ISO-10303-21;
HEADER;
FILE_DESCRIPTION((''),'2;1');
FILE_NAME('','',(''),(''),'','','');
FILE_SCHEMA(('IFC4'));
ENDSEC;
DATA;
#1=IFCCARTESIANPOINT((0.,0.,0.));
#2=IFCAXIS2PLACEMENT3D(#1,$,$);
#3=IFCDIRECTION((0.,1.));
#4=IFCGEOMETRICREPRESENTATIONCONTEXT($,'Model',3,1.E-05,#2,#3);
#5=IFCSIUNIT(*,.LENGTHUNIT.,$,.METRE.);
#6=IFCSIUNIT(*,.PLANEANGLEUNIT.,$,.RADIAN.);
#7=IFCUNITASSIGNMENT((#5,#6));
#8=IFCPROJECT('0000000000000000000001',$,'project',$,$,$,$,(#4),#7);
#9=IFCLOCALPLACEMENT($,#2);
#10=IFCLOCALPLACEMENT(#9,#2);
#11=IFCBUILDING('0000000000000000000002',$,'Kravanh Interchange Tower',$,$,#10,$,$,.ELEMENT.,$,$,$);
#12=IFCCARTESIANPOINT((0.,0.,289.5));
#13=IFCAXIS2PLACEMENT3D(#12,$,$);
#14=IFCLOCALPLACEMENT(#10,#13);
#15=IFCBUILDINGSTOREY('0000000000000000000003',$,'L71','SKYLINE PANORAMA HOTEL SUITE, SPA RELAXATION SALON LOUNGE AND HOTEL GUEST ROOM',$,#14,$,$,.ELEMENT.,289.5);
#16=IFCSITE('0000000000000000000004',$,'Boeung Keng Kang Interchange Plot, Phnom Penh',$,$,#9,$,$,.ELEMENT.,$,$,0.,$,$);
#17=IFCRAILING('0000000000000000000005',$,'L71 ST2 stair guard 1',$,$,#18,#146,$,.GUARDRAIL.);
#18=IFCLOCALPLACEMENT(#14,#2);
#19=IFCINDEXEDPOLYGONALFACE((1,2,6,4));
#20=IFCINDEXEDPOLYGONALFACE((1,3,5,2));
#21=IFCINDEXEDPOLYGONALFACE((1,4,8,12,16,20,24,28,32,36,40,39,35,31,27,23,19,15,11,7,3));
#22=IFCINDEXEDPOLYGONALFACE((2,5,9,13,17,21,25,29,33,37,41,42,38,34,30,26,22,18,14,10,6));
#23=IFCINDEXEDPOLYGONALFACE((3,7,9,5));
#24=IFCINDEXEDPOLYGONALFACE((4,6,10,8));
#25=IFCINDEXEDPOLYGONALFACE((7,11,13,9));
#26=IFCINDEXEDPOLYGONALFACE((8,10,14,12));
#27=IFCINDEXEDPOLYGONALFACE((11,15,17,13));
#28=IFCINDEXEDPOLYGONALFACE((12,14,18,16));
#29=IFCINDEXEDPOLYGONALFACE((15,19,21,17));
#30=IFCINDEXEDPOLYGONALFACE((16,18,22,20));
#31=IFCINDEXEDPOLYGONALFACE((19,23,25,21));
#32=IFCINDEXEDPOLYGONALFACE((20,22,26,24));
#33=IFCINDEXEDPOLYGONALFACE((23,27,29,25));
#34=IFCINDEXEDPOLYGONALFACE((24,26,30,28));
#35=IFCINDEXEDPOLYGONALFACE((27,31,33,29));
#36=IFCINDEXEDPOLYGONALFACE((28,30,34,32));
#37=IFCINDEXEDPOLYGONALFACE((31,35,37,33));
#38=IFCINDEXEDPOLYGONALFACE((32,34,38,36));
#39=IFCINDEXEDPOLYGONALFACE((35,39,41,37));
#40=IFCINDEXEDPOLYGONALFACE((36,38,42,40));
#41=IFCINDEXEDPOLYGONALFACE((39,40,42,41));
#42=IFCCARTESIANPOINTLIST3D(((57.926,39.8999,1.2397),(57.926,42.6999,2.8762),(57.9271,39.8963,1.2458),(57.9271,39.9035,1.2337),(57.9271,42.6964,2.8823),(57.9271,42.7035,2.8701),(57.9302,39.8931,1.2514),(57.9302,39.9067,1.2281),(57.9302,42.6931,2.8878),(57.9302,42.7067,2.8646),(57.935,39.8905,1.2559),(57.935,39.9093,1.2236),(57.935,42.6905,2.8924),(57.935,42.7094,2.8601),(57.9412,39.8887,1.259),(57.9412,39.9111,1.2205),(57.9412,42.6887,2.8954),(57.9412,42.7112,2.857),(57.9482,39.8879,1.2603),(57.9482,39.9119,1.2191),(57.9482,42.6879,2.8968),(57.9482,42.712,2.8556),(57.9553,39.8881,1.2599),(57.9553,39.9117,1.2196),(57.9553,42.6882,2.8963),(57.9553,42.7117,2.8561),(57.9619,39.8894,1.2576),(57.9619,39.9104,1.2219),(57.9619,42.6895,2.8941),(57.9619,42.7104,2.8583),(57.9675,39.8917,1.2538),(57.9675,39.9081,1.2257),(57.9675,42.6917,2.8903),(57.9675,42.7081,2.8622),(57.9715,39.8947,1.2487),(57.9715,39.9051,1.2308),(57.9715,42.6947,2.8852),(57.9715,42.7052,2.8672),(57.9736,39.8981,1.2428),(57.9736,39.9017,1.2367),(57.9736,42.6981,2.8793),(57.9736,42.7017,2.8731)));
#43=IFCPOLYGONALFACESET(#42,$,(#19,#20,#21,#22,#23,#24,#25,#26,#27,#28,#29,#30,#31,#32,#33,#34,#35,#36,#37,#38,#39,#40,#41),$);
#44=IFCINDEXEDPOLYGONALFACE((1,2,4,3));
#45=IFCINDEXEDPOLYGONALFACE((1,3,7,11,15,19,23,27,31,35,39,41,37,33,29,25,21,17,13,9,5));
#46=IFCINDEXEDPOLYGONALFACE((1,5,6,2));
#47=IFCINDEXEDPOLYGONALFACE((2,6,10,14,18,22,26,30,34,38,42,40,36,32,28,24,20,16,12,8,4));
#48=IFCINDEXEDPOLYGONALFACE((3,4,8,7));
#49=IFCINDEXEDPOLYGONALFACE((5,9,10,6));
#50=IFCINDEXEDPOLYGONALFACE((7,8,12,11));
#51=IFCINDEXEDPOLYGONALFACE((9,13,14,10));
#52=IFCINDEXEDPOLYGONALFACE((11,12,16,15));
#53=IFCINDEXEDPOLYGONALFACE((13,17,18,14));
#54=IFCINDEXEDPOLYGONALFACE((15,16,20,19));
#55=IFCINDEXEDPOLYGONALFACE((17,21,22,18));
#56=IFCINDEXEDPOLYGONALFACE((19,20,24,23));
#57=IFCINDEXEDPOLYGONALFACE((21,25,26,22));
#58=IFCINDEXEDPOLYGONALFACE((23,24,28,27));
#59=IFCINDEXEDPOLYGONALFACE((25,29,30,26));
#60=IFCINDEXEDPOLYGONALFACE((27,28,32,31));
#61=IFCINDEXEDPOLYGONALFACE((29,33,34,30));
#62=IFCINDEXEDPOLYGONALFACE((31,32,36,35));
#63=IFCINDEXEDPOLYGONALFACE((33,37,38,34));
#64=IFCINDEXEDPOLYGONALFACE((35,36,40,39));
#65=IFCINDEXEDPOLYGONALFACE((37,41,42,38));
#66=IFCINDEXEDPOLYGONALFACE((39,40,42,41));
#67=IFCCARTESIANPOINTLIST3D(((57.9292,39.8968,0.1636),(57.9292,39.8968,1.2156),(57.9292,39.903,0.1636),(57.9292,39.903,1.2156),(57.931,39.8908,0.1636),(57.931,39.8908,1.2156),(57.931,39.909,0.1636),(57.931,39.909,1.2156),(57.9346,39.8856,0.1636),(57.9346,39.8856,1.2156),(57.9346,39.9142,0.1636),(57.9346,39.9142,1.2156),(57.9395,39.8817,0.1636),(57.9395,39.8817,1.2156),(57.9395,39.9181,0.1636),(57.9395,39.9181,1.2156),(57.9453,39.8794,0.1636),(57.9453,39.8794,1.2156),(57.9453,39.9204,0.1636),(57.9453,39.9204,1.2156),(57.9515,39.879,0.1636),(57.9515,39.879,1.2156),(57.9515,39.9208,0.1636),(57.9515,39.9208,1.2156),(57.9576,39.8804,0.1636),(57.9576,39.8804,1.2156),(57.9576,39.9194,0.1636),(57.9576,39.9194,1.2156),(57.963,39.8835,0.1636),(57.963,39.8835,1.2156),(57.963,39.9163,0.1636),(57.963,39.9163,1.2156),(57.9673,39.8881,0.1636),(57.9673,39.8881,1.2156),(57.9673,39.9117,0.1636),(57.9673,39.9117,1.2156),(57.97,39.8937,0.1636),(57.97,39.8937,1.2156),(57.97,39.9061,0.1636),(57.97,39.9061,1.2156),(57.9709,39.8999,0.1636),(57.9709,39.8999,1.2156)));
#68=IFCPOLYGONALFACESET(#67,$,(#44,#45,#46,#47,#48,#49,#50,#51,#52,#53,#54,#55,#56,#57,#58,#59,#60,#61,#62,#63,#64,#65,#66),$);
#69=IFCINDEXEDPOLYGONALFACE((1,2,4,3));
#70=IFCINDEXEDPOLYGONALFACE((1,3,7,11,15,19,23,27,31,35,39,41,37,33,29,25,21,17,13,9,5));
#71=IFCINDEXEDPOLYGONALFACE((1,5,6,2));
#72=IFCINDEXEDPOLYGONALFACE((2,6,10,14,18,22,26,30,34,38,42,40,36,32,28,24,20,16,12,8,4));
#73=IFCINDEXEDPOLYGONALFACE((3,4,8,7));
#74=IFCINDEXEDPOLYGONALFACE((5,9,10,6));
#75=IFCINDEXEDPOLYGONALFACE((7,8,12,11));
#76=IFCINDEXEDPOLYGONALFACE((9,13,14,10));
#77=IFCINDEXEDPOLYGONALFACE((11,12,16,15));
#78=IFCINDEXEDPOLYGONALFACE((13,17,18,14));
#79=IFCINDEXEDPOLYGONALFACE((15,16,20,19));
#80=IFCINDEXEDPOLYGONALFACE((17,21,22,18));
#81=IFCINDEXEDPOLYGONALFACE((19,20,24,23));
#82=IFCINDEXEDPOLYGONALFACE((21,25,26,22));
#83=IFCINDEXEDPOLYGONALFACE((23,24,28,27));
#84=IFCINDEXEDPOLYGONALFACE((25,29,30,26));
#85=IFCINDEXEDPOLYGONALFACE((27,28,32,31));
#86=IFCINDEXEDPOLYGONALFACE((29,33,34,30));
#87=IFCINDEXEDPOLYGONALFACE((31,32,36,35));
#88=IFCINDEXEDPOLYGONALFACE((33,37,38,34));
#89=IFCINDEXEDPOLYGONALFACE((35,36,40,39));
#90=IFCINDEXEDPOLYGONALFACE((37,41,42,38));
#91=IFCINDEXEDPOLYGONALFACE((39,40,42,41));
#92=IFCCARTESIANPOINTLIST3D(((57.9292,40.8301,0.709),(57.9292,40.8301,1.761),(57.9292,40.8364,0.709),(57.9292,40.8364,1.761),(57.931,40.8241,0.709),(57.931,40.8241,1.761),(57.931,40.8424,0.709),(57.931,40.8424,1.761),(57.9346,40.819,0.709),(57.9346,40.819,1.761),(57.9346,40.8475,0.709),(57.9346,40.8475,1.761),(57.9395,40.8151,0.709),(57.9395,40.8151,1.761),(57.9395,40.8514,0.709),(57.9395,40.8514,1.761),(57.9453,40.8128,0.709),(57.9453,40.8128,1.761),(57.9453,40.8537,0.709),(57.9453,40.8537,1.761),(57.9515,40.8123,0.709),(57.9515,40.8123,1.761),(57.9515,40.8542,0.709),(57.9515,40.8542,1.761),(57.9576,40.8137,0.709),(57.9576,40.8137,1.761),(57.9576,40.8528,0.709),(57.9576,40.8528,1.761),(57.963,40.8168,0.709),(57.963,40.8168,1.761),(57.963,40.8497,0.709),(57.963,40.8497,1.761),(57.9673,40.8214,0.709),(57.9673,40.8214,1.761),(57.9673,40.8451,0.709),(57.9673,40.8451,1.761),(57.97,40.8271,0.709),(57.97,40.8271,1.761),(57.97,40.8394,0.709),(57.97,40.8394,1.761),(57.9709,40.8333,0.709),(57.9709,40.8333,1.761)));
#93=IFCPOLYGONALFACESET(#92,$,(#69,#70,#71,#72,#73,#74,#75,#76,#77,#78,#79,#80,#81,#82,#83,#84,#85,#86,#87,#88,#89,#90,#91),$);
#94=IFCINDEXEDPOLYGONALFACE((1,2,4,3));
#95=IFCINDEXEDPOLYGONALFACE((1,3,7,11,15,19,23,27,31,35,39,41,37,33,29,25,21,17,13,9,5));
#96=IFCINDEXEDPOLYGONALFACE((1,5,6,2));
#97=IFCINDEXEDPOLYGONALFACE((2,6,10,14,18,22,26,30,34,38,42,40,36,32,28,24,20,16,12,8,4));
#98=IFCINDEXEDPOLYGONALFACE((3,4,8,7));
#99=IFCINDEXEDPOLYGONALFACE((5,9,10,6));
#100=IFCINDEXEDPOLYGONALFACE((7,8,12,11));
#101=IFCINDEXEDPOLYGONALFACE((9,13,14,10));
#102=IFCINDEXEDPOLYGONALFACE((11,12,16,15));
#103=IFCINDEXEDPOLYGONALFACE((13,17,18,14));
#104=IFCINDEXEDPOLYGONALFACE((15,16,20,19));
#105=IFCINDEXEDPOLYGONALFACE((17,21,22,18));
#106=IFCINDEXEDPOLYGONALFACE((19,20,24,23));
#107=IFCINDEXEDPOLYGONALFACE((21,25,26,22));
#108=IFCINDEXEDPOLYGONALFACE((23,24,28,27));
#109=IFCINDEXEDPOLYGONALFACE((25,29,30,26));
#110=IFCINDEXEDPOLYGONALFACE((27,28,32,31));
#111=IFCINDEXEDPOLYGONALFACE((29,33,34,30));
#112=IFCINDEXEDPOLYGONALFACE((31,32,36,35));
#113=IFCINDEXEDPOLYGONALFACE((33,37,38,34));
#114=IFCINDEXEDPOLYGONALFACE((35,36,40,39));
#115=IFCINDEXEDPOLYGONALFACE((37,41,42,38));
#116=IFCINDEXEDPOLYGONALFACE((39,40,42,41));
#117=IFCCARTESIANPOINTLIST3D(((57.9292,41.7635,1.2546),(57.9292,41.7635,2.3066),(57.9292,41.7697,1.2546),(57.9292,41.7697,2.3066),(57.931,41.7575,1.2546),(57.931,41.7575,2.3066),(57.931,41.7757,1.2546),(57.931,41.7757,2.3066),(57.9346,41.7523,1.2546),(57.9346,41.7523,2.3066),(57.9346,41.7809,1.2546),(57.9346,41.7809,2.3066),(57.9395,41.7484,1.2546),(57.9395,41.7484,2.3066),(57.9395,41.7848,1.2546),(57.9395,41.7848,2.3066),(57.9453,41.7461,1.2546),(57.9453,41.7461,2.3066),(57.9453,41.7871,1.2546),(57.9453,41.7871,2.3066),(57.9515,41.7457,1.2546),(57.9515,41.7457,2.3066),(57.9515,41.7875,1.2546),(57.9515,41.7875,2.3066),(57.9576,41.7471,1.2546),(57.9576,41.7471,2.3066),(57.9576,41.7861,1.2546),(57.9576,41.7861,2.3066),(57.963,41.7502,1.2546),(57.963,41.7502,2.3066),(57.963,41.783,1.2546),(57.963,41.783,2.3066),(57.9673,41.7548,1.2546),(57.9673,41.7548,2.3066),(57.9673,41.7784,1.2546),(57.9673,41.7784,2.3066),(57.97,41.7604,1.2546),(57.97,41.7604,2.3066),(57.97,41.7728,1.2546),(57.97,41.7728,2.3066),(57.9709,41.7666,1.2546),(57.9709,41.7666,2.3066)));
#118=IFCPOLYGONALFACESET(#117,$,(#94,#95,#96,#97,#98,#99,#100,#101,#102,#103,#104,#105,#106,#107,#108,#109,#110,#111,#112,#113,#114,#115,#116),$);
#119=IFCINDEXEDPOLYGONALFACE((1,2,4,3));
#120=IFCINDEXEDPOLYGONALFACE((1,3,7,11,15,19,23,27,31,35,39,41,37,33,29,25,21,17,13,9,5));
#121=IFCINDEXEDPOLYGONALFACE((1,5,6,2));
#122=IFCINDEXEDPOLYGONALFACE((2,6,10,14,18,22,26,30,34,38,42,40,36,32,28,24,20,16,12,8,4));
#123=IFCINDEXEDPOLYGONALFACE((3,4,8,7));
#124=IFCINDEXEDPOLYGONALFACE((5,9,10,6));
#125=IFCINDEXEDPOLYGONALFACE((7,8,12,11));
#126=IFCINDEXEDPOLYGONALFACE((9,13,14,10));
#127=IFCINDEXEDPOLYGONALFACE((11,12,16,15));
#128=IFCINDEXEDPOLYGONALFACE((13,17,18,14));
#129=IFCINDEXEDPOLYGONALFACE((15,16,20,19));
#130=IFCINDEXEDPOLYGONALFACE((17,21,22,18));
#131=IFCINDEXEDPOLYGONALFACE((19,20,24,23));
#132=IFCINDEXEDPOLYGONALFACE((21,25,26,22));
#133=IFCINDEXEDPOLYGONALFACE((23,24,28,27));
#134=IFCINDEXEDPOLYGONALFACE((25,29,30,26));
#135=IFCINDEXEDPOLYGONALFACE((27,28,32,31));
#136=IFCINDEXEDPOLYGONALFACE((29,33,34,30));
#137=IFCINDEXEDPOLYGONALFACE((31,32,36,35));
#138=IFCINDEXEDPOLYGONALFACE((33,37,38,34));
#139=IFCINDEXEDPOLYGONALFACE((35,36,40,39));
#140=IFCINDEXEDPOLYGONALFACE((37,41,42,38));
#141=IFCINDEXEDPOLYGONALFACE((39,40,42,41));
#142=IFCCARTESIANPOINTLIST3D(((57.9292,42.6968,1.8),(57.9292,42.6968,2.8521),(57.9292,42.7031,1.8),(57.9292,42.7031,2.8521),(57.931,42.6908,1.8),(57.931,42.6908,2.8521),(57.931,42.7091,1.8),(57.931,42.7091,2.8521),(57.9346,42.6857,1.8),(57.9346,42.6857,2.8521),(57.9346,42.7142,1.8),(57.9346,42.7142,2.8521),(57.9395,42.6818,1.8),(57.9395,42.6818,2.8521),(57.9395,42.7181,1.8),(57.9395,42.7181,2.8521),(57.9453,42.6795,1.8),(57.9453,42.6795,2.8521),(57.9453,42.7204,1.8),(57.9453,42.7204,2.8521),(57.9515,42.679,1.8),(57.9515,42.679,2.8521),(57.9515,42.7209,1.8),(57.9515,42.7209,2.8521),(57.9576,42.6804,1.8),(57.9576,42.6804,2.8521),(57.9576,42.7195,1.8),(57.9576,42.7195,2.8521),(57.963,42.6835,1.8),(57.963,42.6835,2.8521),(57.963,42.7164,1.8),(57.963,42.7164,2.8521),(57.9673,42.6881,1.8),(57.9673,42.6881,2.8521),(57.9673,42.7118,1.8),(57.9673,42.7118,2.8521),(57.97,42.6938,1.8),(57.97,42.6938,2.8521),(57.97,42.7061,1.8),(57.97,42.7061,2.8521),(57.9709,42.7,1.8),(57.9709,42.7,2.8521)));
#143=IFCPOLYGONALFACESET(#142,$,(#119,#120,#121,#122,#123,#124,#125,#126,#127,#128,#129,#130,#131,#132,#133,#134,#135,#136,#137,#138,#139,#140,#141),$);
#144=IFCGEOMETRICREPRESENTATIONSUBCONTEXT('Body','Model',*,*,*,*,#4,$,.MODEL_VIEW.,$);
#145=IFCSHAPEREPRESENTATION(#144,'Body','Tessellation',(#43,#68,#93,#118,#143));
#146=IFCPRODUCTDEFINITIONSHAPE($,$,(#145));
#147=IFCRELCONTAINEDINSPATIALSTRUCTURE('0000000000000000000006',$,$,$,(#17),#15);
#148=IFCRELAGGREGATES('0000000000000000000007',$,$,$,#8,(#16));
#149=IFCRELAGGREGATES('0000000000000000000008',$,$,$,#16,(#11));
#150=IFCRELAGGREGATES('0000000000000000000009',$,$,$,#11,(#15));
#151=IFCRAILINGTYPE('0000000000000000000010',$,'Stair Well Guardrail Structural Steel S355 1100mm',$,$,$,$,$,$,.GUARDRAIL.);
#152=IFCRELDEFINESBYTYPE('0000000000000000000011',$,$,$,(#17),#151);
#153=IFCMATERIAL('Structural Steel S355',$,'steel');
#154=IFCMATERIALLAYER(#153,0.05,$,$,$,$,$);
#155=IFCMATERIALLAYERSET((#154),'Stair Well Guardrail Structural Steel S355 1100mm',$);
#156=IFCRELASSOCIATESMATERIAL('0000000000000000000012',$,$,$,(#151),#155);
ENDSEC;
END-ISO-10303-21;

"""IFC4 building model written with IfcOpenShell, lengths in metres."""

from ifc_helpers import new_model, si_unit, direction, frame, origin, origin_2d, place, context, subcontext, project, spatial, circle, extrude, material, layer, layer_set, type_object, element, save


model = new_model("IFC4")

# Units and contexts
model_context = context("Model", 3, precision=1e-05, world=origin(), true_north=direction((0.0, 1.0)))
body_context = subcontext(model_context, "Body", "Model", "MODEL_VIEW")
ifc_project = project(units=[si_unit("LENGTHUNIT", "METRE"), si_unit("PLANEANGLEUNIT", "RADIAN")], contexts=[model_context])

# Site, building, storey
site_placement = place(None, origin())
site = spatial("IfcSite", under=ifc_project, at=site_placement, Name="Boeung Keng Kang Interchange Plot, Phnom Penh", CompositionType="ELEMENT", RefElevation=0.0)
building_placement = place(site_placement, origin())
building = spatial("IfcBuilding", under=site, at=building_placement, Name="Kravanh Interchange Tower", CompositionType="ELEMENT")
storey_placement = place(building_placement, frame((0.0, 0.0, 289.5)))
storey = spatial("IfcBuildingStorey", under=building, at=storey_placement, Name="L71", Description="SKYLINE PANORAMA HOTEL SUITE, SPA RELAXATION SALON LOUNGE AND HOTEL GUEST ROOM", CompositionType="ELEMENT", Elevation=289.5)

# Railing
ifc_material_1 = material(Name="Structural Steel S355", Category="steel")
ifc_layer_1 = layer(ifc_material_1, 0.05)
ifc_layer_set_1 = layer_set([ifc_layer_1], Name="Stair Well Guardrail Structural Steel S355 1100mm")
railing_type_1 = type_object("IfcRailingType", Name="Stair Well Guardrail Structural Steel S355 1100mm", PredefinedType="GUARDRAIL", material=ifc_layer_set_1)
railing_1_placement = place(storey_placement, frame((57.95, 39.8999, 0.1636)))
element("IfcRailing", 1, at=railing_1_placement, inside=storey, type_object=railing_type_1, Name="L71 ST2 stair guard 1", PredefinedType="GUARDRAIL", context=body_context, shape_type="SweptSolid", body=[
    extrude(circle(Radius=0.0239, at=origin_2d()), frame((0.0, 0.0, 1.0762), z_axis=(0.0, 0.863361, 0.504587), x_axis=(-1.0, 0.0, 0.0)), (0.0, 0.0, 1.0), 3.2432),
    extrude(circle(Radius=0.021, at=origin_2d()), origin(), (0.0, 0.0, 1.0), 1.052),
    extrude(circle(Radius=0.021, at=origin_2d()), frame((0.0, 0.9333, 0.5454)), (0.0, 0.0, 1.0), 1.052),
    extrude(circle(Radius=0.021, at=origin_2d()), frame((0.0, 1.8667, 1.0911)), (0.0, 0.0, 1.0), 1.052),
    extrude(circle(Radius=0.021, at=origin_2d()), frame((0.0, 2.8, 1.6365)), (0.0, 0.0, 1.0), 1.052),
])

save(model, "model.ifc")
